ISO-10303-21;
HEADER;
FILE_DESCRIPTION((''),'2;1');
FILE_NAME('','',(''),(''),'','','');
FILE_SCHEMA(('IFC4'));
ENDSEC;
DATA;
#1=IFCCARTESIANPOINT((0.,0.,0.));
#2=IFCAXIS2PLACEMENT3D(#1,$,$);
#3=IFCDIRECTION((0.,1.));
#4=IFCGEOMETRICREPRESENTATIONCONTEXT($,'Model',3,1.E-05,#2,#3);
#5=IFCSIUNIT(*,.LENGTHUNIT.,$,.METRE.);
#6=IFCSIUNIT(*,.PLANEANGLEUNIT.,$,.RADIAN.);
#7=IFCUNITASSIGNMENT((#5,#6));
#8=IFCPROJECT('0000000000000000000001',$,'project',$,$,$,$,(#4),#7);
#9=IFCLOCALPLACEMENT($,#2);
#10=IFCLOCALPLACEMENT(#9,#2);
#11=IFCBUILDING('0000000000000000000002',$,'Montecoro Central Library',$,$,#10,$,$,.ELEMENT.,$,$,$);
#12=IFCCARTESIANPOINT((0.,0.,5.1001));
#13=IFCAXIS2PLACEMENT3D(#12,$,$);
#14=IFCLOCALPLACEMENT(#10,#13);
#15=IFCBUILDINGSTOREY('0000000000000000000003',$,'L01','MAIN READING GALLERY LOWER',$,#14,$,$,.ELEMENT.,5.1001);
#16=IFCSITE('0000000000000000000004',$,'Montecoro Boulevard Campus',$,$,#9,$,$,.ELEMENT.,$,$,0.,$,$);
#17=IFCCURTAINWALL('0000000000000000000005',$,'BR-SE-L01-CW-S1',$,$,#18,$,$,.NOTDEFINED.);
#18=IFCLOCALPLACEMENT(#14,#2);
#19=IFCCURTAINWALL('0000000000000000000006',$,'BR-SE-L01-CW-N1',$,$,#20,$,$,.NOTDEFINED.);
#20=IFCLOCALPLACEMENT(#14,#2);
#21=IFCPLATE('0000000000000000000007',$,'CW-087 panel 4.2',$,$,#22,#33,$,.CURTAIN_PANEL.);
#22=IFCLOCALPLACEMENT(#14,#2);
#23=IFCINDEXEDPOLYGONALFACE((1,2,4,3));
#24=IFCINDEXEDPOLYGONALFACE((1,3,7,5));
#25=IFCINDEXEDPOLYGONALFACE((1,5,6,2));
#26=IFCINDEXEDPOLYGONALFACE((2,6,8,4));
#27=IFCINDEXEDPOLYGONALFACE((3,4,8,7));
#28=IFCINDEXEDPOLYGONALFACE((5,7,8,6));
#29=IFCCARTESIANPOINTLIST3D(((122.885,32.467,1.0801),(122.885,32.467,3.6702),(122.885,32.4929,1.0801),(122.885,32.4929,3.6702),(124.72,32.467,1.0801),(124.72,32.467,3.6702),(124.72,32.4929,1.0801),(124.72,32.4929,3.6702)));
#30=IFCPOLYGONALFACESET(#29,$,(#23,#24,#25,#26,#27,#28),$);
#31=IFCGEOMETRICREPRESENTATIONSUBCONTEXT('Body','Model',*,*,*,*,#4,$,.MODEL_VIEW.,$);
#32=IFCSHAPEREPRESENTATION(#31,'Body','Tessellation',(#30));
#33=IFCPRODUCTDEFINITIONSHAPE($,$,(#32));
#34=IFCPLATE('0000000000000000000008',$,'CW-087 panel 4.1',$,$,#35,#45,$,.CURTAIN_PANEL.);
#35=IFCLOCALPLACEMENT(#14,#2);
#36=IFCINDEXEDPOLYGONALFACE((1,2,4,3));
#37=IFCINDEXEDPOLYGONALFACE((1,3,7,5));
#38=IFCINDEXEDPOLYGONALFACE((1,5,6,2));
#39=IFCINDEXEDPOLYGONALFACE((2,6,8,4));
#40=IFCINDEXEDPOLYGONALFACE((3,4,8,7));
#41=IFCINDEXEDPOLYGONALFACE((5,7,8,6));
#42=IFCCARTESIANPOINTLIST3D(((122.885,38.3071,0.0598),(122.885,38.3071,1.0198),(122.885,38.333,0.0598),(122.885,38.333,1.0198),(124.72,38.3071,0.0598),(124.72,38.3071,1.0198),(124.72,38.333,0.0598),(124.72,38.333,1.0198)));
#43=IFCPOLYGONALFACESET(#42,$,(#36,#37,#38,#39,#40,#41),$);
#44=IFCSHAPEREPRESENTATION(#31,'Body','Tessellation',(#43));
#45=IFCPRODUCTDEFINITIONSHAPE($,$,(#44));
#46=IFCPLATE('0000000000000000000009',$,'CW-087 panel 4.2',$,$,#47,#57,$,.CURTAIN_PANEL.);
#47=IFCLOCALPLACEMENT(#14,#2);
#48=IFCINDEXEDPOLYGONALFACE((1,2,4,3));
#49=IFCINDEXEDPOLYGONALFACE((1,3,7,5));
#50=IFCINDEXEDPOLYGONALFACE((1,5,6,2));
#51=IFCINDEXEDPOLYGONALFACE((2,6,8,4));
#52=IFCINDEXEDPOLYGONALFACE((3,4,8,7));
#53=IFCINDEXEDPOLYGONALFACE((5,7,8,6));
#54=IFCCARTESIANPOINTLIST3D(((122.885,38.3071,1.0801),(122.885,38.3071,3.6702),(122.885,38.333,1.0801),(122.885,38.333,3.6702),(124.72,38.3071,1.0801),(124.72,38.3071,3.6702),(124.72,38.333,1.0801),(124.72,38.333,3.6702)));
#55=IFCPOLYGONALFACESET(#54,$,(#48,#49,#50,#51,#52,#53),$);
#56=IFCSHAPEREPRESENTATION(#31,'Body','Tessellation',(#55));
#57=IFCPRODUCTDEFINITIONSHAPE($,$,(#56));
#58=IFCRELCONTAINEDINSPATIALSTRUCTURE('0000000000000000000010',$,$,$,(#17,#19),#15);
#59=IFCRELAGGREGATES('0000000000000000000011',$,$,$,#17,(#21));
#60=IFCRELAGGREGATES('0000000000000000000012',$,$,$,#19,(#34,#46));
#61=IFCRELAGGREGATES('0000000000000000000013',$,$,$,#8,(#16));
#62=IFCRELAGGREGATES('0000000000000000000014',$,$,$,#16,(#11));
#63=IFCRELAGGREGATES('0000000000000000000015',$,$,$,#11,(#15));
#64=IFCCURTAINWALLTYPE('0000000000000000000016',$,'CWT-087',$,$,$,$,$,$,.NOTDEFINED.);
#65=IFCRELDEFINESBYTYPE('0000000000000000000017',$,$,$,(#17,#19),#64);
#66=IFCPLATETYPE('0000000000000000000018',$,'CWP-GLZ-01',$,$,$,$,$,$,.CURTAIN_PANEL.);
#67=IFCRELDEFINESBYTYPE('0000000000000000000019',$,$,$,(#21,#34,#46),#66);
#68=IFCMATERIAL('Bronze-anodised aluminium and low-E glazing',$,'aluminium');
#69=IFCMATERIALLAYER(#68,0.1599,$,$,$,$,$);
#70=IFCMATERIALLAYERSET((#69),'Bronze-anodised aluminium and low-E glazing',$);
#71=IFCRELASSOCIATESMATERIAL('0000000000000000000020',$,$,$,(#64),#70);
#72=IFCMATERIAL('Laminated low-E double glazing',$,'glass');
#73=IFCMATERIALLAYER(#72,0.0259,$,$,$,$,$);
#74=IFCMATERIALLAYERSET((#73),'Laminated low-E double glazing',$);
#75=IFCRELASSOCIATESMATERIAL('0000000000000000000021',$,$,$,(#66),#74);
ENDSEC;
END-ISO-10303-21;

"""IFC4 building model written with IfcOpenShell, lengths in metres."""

from ifc_helpers import new_model, si_unit, direction, frame, origin, origin_2d, place, context, subcontext, project, spatial, rectangle, extrude, material, layer, layer_set, type_object, element, aggregate, save


model = new_model("IFC4")

# Units and contexts
model_context = context("Model", 3, precision=1e-05, world=origin(), true_north=direction((0.0, 1.0)))
body_context = subcontext(model_context, "Body", "Model", "MODEL_VIEW")
ifc_project = project(units=[si_unit("LENGTHUNIT", "METRE"), si_unit("PLANEANGLEUNIT", "RADIAN")], contexts=[model_context])

# Site, building, storey
site_placement = place(None, origin())
site = spatial("IfcSite", under=ifc_project, at=site_placement, Name="Montecoro Boulevard Campus", CompositionType="ELEMENT", RefElevation=0.0)
building_placement = place(site_placement, origin())
building = spatial("IfcBuilding", under=site, at=building_placement, Name="Montecoro Central Library", CompositionType="ELEMENT")
storey_placement = place(building_placement, frame((0.0, 0.0, 5.1001)))
storey = spatial("IfcBuildingStorey", under=building, at=storey_placement, Name="L01", Description="MAIN READING GALLERY LOWER", CompositionType="ELEMENT", Elevation=5.1001)

# Curtain walls
ifc_material_1 = material(Name="Bronze-anodised aluminium and low-E glazing", Category="aluminium")
ifc_layer_1 = layer(ifc_material_1, 0.1599)
ifc_layer_set_1 = layer_set([ifc_layer_1], Name="Bronze-anodised aluminium and low-E glazing")
curtain_wall_type_1 = type_object("IfcCurtainWallType", Name="CWT-087", PredefinedType="NOTDEFINED", material=ifc_layer_set_1)
curtain_wall_1_placement = place(storey_placement, origin())
curtain_wall_1 = element("IfcCurtainWall", 1, at=curtain_wall_1_placement, inside=storey, type_object=curtain_wall_type_1, Name="BR-SE-L01-CW-S1", PredefinedType="NOTDEFINED")
curtain_wall_2_placement = place(storey_placement, origin())
curtain_wall_2 = element("IfcCurtainWall", 2, at=curtain_wall_2_placement, inside=storey, type_object=curtain_wall_type_1, Name="BR-SE-L01-CW-N1", PredefinedType="NOTDEFINED")

# Plates
ifc_material_2 = material(Name="Laminated low-E double glazing", Category="glass")
ifc_layer_2 = layer(ifc_material_2, 0.0259)
ifc_layer_set_2 = layer_set([ifc_layer_2], Name="Laminated low-E double glazing")
plate_type = type_object("IfcPlateType", Name="CWP-GLZ-01", PredefinedType="CURTAIN_PANEL", material=ifc_layer_set_2)
plate_1_placement = place(storey_placement, frame((123.8025, 32.48, 1.0801), z_axis=(0.0, 0.0, 1.0), x_axis=(1.0, 0.0, 0.0)))
plate_1 = element("IfcPlate", 3, at=plate_1_placement, type_object=plate_type, Name="CW-087 panel 4.2", PredefinedType="CURTAIN_PANEL", context=body_context, shape_type="SweptSolid", body=[
    extrude(rectangle(XDim=1.835, YDim=0.0259, at=origin_2d()), origin(), (0.0, 0.0, 1.0), 2.5901),
])
aggregate(curtain_wall_1, [plate_1])
plate_2_placement = place(storey_placement, frame((123.8025, 38.3201, 0.0598), z_axis=(0.0, 0.0, 1.0), x_axis=(1.0, 0.0, 0.0)))
plate_2 = element("IfcPlate", 4, at=plate_2_placement, type_object=plate_type, Name="CW-087 panel 4.1", PredefinedType="CURTAIN_PANEL", context=body_context, shape_type="SweptSolid", body=[
    extrude(rectangle(XDim=1.835, YDim=0.0259, at=origin_2d()), origin(), (0.0, 0.0, 1.0), 0.96),
])
plate_3_placement = place(storey_placement, frame((123.8025, 38.3201, 1.0801), z_axis=(0.0, 0.0, 1.0), x_axis=(1.0, 0.0, 0.0)))
plate_3 = element("IfcPlate", 5, at=plate_3_placement, type_object=plate_type, Name="CW-087 panel 4.2", PredefinedType="CURTAIN_PANEL", context=body_context, shape_type="SweptSolid", body=[
    extrude(rectangle(XDim=1.835, YDim=0.0259, at=origin_2d()), origin(), (0.0, 0.0, 1.0), 2.5901),
])
aggregate(curtain_wall_2, [plate_2, plate_3])

save(model, "model.ifc")
